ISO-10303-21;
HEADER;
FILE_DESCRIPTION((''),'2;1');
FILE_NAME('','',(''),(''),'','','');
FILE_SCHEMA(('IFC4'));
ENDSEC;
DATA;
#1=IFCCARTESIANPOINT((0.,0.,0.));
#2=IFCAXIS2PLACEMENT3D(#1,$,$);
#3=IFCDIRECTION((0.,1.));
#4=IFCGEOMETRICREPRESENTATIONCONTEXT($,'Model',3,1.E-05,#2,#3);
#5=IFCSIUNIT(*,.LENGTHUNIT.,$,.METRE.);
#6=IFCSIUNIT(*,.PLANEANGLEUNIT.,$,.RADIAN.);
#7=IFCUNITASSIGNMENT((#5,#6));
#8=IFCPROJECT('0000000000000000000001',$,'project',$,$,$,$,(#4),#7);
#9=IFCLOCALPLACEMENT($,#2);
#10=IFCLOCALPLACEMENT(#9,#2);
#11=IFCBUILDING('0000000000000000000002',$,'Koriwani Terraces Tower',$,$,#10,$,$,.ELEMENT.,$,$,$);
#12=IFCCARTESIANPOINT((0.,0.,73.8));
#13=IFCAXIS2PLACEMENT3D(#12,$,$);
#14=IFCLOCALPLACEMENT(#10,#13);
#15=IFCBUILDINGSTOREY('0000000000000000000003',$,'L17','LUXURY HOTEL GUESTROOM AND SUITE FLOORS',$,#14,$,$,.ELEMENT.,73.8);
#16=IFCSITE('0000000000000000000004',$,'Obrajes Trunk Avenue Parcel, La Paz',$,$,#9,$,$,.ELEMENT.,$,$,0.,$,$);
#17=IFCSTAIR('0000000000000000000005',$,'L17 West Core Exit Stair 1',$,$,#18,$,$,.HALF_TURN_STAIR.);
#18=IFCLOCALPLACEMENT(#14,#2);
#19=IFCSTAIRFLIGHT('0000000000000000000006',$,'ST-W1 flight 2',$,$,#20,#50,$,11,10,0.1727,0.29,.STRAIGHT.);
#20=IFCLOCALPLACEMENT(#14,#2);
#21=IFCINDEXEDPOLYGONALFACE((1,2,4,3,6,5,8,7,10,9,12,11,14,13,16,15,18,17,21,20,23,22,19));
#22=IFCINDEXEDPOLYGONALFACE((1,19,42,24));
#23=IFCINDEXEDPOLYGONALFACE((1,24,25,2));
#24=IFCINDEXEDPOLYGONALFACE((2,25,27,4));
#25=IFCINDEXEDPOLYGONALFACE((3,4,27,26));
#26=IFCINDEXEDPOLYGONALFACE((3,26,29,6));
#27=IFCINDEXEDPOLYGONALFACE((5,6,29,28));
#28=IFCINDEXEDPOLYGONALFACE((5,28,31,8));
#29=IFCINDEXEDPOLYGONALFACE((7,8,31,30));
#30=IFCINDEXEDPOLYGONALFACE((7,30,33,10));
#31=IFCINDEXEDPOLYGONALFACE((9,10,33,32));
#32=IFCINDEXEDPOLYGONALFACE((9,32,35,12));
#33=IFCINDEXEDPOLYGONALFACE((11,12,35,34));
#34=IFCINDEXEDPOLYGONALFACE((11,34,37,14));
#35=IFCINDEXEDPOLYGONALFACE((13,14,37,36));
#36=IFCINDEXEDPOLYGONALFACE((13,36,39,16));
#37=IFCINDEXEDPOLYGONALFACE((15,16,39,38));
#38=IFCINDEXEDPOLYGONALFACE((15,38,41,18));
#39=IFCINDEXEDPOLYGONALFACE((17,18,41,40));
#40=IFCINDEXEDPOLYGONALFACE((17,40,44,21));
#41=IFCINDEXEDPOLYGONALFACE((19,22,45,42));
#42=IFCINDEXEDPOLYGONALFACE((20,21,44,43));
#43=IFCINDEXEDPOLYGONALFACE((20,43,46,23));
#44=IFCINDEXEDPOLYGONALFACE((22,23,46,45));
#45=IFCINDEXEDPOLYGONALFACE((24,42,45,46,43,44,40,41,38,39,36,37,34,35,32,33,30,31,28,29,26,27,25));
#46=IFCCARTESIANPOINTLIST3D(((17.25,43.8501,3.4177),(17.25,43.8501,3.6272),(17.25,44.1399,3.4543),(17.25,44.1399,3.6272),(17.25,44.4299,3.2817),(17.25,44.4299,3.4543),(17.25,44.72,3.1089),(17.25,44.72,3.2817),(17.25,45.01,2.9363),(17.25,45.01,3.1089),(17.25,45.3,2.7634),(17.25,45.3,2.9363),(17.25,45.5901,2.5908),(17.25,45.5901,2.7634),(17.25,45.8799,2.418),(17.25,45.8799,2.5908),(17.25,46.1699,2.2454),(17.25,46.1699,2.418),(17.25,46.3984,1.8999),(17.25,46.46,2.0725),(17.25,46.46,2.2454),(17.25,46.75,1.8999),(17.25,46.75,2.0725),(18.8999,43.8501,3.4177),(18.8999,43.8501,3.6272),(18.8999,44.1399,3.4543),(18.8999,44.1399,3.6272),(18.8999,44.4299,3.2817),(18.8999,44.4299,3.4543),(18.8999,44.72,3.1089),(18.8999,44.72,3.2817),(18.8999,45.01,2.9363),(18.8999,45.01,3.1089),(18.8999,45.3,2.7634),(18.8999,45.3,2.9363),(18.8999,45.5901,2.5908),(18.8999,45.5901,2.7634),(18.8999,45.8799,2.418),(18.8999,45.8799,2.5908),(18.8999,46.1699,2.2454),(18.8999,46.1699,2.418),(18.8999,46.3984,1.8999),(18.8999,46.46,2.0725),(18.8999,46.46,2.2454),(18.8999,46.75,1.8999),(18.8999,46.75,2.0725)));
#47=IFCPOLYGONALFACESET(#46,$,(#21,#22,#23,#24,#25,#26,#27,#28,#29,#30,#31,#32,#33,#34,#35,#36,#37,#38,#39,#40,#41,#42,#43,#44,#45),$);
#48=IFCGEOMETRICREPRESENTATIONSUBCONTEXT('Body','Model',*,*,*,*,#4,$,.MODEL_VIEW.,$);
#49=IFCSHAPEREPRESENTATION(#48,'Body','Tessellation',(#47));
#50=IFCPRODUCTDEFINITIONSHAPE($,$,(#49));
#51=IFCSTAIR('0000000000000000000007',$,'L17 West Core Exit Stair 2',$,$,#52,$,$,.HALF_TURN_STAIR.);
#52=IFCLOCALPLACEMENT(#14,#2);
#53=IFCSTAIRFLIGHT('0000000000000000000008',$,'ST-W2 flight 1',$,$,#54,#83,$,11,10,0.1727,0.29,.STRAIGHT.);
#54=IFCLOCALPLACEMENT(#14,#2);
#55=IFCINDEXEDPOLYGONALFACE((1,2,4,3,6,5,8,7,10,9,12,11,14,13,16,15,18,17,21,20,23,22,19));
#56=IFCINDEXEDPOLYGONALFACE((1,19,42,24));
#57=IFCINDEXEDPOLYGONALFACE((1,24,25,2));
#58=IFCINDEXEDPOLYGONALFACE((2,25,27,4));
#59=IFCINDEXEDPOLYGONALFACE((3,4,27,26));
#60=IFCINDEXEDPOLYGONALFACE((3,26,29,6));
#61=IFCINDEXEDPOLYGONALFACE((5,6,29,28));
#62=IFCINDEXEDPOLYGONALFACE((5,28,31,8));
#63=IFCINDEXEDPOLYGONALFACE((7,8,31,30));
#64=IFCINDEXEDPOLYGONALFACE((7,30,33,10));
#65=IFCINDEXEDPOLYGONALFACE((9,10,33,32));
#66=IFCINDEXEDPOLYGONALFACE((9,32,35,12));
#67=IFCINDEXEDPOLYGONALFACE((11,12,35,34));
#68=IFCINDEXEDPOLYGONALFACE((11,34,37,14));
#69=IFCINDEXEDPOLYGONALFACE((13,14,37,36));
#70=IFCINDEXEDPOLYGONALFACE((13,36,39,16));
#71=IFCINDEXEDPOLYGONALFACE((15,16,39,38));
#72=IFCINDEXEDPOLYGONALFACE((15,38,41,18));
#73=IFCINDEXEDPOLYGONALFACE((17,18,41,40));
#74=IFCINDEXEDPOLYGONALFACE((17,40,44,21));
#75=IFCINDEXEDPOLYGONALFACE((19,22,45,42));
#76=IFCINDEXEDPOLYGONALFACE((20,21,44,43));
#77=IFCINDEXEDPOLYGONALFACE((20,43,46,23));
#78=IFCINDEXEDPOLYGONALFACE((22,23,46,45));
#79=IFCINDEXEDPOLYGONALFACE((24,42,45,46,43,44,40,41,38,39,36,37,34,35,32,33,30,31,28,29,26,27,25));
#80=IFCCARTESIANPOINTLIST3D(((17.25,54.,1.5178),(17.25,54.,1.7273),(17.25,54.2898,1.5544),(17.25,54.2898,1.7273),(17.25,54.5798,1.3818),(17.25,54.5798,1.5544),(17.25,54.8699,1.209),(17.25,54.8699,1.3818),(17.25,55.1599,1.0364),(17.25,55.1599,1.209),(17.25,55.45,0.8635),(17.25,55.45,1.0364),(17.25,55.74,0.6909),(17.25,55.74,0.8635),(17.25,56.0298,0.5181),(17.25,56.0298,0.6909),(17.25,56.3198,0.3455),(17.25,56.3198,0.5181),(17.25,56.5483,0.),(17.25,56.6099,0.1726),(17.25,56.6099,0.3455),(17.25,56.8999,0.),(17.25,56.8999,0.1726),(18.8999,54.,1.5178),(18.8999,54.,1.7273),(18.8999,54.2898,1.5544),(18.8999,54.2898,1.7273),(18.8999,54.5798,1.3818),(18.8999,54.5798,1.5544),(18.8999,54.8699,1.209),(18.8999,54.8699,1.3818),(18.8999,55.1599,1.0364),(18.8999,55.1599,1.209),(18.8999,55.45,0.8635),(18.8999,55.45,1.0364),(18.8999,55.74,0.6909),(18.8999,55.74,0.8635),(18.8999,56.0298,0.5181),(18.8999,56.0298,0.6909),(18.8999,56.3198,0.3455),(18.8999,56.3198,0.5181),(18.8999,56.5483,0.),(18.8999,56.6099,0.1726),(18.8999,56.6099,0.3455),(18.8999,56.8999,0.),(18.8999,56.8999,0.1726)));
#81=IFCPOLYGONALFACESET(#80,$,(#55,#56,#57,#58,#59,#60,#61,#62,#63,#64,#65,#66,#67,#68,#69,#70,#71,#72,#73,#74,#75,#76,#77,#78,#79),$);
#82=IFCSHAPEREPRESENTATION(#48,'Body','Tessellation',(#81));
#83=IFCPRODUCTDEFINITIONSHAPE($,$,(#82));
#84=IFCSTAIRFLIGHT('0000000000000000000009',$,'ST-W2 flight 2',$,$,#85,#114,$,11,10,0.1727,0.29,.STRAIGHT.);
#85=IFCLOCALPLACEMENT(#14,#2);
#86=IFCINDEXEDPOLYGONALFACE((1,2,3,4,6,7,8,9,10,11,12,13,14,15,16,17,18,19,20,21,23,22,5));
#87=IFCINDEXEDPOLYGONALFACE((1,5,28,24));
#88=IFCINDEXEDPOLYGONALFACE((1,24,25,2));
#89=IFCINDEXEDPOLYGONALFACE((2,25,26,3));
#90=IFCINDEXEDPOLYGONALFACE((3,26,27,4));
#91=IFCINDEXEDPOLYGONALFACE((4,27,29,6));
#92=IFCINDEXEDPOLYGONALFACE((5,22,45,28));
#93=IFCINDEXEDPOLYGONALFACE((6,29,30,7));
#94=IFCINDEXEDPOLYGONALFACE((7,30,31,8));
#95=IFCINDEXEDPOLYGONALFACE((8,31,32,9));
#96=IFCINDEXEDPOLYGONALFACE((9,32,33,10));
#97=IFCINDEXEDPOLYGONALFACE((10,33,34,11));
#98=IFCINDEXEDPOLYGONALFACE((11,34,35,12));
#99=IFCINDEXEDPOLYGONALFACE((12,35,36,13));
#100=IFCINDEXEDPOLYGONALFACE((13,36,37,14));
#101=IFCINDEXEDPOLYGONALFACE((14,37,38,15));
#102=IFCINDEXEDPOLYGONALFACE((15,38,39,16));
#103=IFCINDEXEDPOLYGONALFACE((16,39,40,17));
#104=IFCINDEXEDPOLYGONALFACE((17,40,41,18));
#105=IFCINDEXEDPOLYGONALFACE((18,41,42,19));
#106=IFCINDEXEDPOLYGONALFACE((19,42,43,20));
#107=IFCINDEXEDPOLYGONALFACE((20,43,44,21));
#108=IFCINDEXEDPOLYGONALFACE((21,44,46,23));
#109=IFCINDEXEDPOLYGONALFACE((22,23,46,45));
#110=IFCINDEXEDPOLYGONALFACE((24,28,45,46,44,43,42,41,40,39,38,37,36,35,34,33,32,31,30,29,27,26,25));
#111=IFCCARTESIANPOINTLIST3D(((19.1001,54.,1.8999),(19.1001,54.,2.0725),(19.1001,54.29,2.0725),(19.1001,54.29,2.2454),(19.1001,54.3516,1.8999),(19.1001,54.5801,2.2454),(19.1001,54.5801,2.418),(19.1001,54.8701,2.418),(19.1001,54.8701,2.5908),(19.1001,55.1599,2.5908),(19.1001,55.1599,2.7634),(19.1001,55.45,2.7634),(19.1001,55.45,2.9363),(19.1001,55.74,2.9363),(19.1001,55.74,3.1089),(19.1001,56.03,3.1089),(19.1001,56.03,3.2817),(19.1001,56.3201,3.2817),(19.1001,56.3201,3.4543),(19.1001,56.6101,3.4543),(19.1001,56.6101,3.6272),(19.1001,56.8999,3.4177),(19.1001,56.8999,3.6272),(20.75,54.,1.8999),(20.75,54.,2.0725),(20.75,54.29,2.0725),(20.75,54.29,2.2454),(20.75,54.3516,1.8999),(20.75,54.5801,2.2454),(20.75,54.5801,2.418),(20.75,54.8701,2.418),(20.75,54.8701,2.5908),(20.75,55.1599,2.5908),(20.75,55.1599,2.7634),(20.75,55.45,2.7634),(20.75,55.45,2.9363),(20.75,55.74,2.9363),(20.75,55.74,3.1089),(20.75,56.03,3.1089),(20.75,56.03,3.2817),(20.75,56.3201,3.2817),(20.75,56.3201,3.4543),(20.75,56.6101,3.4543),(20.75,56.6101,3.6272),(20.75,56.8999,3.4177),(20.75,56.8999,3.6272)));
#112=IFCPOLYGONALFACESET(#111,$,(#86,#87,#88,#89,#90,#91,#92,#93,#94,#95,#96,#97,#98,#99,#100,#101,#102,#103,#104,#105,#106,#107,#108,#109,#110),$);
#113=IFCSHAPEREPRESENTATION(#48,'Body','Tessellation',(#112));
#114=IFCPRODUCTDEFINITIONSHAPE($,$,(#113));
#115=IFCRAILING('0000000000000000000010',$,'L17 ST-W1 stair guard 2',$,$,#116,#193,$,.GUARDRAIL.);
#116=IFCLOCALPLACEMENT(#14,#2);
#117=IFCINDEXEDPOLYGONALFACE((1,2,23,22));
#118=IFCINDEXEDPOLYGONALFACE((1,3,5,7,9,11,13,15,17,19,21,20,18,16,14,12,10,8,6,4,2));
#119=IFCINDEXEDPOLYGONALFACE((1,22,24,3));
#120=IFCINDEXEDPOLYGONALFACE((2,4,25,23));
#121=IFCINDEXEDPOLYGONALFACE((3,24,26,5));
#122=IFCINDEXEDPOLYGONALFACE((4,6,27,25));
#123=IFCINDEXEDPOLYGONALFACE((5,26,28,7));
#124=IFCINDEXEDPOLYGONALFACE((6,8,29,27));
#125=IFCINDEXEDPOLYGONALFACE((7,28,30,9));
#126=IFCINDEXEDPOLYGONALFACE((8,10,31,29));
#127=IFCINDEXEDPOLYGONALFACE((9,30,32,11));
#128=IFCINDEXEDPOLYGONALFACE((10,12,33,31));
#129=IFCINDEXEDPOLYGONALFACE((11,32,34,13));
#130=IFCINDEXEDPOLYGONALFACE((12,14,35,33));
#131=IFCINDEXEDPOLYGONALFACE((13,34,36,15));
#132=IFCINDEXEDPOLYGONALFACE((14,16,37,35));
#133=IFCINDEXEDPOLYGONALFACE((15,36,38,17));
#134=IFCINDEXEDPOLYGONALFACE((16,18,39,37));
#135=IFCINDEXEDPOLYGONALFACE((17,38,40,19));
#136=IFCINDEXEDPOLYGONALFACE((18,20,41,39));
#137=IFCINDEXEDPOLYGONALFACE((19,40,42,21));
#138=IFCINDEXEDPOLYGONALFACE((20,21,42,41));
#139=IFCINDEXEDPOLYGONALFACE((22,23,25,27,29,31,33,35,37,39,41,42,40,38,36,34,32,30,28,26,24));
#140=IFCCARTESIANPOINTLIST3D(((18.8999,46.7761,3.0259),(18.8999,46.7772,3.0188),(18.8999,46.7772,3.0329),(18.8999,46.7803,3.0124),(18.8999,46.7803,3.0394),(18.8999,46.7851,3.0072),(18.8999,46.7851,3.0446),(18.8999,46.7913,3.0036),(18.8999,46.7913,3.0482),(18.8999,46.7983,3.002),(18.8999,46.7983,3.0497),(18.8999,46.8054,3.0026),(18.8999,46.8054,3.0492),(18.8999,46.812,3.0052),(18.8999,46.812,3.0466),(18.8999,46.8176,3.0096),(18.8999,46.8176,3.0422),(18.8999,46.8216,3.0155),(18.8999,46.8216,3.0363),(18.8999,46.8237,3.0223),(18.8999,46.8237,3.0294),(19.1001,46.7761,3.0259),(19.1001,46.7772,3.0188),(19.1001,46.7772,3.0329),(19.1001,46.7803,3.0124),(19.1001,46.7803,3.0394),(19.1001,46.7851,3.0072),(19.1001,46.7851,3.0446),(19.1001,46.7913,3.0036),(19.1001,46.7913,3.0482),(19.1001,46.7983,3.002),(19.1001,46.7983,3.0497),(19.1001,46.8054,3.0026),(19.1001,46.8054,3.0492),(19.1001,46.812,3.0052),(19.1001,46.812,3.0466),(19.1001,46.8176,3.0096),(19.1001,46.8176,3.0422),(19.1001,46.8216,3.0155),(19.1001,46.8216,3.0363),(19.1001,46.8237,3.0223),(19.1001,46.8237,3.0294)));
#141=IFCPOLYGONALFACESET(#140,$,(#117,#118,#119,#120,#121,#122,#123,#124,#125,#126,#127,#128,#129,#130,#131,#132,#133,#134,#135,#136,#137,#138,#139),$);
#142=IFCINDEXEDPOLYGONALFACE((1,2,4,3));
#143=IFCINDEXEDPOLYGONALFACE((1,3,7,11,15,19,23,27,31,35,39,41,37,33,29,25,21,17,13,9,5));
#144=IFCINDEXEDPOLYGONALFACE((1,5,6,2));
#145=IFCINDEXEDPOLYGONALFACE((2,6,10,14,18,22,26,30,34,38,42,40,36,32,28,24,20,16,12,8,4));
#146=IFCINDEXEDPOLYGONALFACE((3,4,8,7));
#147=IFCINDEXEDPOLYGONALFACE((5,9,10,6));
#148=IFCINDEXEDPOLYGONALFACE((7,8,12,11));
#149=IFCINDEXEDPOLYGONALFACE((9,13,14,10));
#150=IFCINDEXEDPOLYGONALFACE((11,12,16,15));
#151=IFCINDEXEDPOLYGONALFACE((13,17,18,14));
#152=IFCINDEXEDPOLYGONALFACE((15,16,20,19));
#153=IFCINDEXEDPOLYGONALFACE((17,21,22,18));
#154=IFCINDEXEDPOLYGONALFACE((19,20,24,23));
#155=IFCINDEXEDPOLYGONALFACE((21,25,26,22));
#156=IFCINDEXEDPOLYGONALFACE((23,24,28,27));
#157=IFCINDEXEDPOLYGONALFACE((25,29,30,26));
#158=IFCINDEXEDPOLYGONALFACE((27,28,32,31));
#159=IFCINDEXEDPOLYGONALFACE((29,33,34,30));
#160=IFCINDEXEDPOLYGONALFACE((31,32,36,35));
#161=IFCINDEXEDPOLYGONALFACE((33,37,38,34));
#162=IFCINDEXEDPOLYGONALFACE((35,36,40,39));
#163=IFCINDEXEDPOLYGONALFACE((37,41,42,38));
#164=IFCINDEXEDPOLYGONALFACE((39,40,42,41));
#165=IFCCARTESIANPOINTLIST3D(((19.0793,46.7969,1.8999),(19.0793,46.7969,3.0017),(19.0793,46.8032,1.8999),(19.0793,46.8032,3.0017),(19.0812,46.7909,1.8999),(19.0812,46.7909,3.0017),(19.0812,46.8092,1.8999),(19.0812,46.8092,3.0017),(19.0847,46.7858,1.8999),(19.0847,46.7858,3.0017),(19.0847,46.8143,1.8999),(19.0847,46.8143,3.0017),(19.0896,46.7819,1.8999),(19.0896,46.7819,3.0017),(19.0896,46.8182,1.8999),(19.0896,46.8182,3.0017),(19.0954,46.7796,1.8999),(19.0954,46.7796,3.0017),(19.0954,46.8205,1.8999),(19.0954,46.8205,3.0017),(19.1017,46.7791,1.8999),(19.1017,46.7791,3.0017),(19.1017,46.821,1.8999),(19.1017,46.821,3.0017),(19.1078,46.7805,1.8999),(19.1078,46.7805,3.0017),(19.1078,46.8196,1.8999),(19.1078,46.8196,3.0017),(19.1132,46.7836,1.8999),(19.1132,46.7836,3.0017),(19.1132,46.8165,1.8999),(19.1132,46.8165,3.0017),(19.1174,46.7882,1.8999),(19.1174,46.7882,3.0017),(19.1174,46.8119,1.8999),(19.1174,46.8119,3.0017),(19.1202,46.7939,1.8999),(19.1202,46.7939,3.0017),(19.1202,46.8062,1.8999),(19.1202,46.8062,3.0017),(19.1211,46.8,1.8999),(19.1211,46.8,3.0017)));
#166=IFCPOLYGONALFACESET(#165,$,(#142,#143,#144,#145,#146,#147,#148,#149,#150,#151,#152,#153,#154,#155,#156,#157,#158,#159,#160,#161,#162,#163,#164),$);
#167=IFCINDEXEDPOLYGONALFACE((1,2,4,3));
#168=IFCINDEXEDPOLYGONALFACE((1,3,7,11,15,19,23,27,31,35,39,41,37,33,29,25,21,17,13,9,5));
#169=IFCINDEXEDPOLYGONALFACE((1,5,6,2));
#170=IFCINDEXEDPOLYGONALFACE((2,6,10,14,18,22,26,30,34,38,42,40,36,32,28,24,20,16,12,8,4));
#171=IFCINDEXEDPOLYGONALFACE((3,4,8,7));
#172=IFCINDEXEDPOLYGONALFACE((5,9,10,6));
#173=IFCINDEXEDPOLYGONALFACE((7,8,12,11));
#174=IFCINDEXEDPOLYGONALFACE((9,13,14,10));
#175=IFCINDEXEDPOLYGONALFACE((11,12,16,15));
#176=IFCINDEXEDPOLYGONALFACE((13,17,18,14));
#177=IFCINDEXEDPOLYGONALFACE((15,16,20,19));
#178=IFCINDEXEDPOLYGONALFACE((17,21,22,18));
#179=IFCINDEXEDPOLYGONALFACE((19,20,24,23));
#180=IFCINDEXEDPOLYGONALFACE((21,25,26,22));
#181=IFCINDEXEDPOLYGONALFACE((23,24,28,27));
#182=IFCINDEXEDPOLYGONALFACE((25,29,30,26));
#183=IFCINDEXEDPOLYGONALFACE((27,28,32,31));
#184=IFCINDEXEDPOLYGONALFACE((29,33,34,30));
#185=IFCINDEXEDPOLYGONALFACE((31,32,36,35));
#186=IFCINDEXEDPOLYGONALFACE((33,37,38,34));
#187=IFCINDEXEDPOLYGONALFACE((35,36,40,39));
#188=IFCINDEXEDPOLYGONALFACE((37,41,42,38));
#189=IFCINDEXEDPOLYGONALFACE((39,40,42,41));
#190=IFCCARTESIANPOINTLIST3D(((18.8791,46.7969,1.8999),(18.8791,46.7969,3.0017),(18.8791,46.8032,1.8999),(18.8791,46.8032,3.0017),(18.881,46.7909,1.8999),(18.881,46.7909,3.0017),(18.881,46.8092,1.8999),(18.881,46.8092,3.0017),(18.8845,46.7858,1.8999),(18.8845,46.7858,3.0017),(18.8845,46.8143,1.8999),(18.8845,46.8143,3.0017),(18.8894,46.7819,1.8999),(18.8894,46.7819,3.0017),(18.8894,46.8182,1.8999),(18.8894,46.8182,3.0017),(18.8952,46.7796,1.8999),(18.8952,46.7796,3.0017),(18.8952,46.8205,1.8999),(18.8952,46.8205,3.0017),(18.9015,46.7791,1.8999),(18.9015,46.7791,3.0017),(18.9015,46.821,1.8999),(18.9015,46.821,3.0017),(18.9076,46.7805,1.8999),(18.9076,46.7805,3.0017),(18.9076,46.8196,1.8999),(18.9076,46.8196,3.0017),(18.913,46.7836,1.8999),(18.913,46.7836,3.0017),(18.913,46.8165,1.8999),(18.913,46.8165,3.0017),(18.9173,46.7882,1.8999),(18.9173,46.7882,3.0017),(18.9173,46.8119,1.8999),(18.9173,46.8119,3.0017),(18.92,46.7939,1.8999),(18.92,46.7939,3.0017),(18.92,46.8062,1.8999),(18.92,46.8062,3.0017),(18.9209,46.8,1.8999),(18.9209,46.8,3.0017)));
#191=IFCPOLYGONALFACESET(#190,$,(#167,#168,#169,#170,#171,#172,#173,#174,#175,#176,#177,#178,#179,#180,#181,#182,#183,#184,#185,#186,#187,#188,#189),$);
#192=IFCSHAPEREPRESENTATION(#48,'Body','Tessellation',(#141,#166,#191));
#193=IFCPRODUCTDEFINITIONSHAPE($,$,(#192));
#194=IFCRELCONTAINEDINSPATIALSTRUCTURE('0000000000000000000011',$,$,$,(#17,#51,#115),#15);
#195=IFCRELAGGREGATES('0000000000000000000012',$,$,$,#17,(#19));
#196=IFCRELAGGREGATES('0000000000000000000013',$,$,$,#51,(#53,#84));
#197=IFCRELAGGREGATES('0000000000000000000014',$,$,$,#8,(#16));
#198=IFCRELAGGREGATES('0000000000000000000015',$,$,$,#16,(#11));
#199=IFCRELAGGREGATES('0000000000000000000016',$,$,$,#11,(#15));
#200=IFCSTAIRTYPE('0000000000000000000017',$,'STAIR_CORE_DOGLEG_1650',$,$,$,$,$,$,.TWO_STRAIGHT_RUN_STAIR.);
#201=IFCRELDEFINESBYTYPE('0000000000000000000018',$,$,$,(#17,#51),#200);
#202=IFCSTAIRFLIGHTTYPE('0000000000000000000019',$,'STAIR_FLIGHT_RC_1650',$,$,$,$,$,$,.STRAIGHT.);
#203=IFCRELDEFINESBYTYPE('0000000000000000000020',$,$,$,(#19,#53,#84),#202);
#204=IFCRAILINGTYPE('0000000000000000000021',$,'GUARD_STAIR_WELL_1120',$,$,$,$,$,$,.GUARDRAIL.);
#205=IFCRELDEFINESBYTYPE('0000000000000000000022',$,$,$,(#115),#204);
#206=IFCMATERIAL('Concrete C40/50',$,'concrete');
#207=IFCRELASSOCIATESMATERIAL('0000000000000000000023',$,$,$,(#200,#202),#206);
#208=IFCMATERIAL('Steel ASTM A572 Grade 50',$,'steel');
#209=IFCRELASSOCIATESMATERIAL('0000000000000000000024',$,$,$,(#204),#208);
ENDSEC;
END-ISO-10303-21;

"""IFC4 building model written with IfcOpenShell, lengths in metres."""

from ifc_helpers import new_model, si_unit, direction, frame, origin, origin_2d, place, context, subcontext, project, spatial, polyline, circle, outline, extrude, material, type_object, element, aggregate, save


model = new_model("IFC4")

# Units and contexts
model_context = context("Model", 3, precision=1e-05, world=origin(), true_north=direction((0.0, 1.0)))
body_context = subcontext(model_context, "Body", "Model", "MODEL_VIEW")
ifc_project = project(units=[si_unit("LENGTHUNIT", "METRE"), si_unit("PLANEANGLEUNIT", "RADIAN")], contexts=[model_context])

# Site, building, storey
site_placement = place(None, origin())
site = spatial("IfcSite", under=ifc_project, at=site_placement, Name="Obrajes Trunk Avenue Parcel, La Paz", CompositionType="ELEMENT", RefElevation=0.0)
building_placement = place(site_placement, origin())
building = spatial("IfcBuilding", under=site, at=building_placement, Name="Koriwani Terraces Tower", CompositionType="ELEMENT")
storey_placement = place(building_placement, frame((0.0, 0.0, 73.8)))
storey = spatial("IfcBuildingStorey", under=building, at=storey_placement, Name="L17", Description="LUXURY HOTEL GUESTROOM AND SUITE FLOORS", CompositionType="ELEMENT", Elevation=73.8)

# Shared definitions
ifc_material_1 = material(Name="Concrete C40/50", Category="concrete")

# Shared definitions
ifc_material_2 = material(Name="Steel ASTM A572 Grade 50", Category="steel")

# Stair, stair flight
stair_type = type_object("IfcStairType", Name="STAIR_CORE_DOGLEG_1650", PredefinedType="TWO_STRAIGHT_RUN_STAIR", material=ifc_material_1)
stair_1_placement = place(storey_placement, origin())
stair_1 = element("IfcStair", 1, at=stair_1_placement, inside=storey, type_object=stair_type, Name="L17 West Core Exit Stair 1", PredefinedType="HALF_TURN_STAIR")
stair_flight_type = type_object("IfcStairFlightType", Name="STAIR_FLIGHT_RC_1650", PredefinedType="STRAIGHT", material=ifc_material_1)
stair_flight_1_placement = place(storey_placement, frame((18.075, 46.75, 1.8999), z_axis=(0.0, 0.0, 1.0), x_axis=(0.0, -1.0, 0.0)))
stair_flight_1 = element("IfcStairFlight", 2, at=stair_flight_1_placement, type_object=stair_flight_type, Name="ST-W1 flight 2", NumberOfRisers=11, NumberOfTreads=10, PredefinedType="STRAIGHT", RiserHeight=0.1727, TreadLength=0.29, context=body_context, shape_type="SweptSolid", body=[
    extrude(outline(polyline([(0.0, 0.0), (0.0, 0.1726), (0.29, 0.1726), (0.29, 0.3455), (0.5801, 0.3455), (0.5801, 0.5181), (0.8701, 0.5181), (0.8701, 0.6909), (1.1599, 0.6909), (1.1599, 0.8635), (1.45, 0.8635), (1.45, 1.0364), (1.74, 1.0364), (1.74, 1.209), (2.03, 1.209), (2.03, 1.3818), (2.3201, 1.3818), (2.3201, 1.5544), (2.6101, 1.5544), (2.6101, 1.7273), (2.8999, 1.7273), (2.8999, 1.8999), (2.8999, 1.5178), (0.3516, 0.0), (0.0, 0.0)])), frame((0.0, 0.825, 0.0), z_axis=(0.0, -1.0, 0.0), x_axis=(1.0, 0.0, 0.0)), (0.0, 0.0, 1.0), 1.6499),
])
aggregate(stair_1, [stair_flight_1])

# Stair, stair flights
stair_2_placement = place(storey_placement, origin())
stair_2 = element("IfcStair", 3, at=stair_2_placement, inside=storey, type_object=stair_type, Name="L17 West Core Exit Stair 2", PredefinedType="HALF_TURN_STAIR")
stair_flight_2_placement = place(storey_placement, frame((18.075, 56.8999, 0.0), z_axis=(0.0, 0.0, 1.0), x_axis=(0.0, -1.0, 0.0)))
stair_flight_2 = element("IfcStairFlight", 4, at=stair_flight_2_placement, type_object=stair_flight_type, Name="ST-W2 flight 1", NumberOfRisers=11, NumberOfTreads=10, PredefinedType="STRAIGHT", RiserHeight=0.1727, TreadLength=0.29, context=body_context, shape_type="SweptSolid", body=[
    extrude(outline(polyline([(0.0, 0.0), (0.0, 0.1726), (0.29, 0.1726), (0.29, 0.3455), (0.5801, 0.3455), (0.5801, 0.5181), (0.8701, 0.5181), (0.8701, 0.6909), (1.1599, 0.6909), (1.1599, 0.8635), (1.45, 0.8635), (1.45, 1.0364), (1.74, 1.0364), (1.74, 1.209), (2.03, 1.209), (2.03, 1.3818), (2.3201, 1.3818), (2.3201, 1.5544), (2.6101, 1.5544), (2.6101, 1.7273), (2.8999, 1.7273), (2.8999, 1.8999), (2.8999, 1.5178), (0.3516, 0.0), (0.0, 0.0)])), frame((0.0, 0.825, 0.0), z_axis=(0.0, -1.0, 0.0), x_axis=(1.0, 0.0, 0.0)), (0.0, 0.0, 1.0), 1.6499),
])
stair_flight_3_placement = place(storey_placement, frame((19.925, 54.0, 1.8999), z_axis=(0.0, 0.0, 1.0), x_axis=(0.0, 1.0, 0.0)))
stair_flight_3 = element("IfcStairFlight", 5, at=stair_flight_3_placement, type_object=stair_flight_type, Name="ST-W2 flight 2", NumberOfRisers=11, NumberOfTreads=10, PredefinedType="STRAIGHT", RiserHeight=0.1727, TreadLength=0.29, context=body_context, shape_type="SweptSolid", body=[
    extrude(outline(polyline([(0.0, 0.0), (0.0, 0.1726), (0.29, 0.1726), (0.29, 0.3455), (0.5801, 0.3455), (0.5801, 0.5181), (0.8701, 0.5181), (0.8701, 0.6909), (1.1599, 0.6909), (1.1599, 0.8635), (1.45, 0.8635), (1.45, 1.0364), (1.74, 1.0364), (1.74, 1.209), (2.03, 1.209), (2.03, 1.3818), (2.3201, 1.3818), (2.3201, 1.5544), (2.6101, 1.5544), (2.6101, 1.7273), (2.8999, 1.7273), (2.8999, 1.8999), (2.8999, 1.5178), (0.3516, 0.0), (0.0, 0.0)])), frame((0.0, 0.825, 0.0), z_axis=(0.0, -1.0, 0.0), x_axis=(1.0, 0.0, 0.0)), (0.0, 0.0, 1.0), 1.6499),
])
aggregate(stair_2, [stair_flight_2, stair_flight_3])

# Railing
railing_type_1 = type_object("IfcRailingType", Name="GUARD_STAIR_WELL_1120", PredefinedType="GUARDRAIL", material=ifc_material_2)
railing_1_placement = place(storey_placement, frame((19.1001, 46.8, 1.8999)))
element("IfcRailing", 6, at=railing_1_placement, inside=storey, type_object=railing_type_1, Name="L17 ST-W1 stair guard 2", PredefinedType="GUARDRAIL", context=body_context, shape_type="SweptSolid", body=[
    extrude(circle(Radius=0.0239, at=origin_2d()), frame((0.0, 0.0, 1.126), z_axis=(-1.0, 0.0, 0.0), x_axis=(0.0, -1.0, 0.0)), (0.0, 0.0, 1.0), 0.2002),
    extrude(circle(Radius=0.021, at=origin_2d()), origin(), (0.0, 0.0, 1.0), 1.1018),
    extrude(circle(Radius=0.021, at=origin_2d()), frame((-0.2002, 0.0, 0.0)), (0.0, 0.0, 1.0), 1.1018),
])

save(model, "model.ifc")
